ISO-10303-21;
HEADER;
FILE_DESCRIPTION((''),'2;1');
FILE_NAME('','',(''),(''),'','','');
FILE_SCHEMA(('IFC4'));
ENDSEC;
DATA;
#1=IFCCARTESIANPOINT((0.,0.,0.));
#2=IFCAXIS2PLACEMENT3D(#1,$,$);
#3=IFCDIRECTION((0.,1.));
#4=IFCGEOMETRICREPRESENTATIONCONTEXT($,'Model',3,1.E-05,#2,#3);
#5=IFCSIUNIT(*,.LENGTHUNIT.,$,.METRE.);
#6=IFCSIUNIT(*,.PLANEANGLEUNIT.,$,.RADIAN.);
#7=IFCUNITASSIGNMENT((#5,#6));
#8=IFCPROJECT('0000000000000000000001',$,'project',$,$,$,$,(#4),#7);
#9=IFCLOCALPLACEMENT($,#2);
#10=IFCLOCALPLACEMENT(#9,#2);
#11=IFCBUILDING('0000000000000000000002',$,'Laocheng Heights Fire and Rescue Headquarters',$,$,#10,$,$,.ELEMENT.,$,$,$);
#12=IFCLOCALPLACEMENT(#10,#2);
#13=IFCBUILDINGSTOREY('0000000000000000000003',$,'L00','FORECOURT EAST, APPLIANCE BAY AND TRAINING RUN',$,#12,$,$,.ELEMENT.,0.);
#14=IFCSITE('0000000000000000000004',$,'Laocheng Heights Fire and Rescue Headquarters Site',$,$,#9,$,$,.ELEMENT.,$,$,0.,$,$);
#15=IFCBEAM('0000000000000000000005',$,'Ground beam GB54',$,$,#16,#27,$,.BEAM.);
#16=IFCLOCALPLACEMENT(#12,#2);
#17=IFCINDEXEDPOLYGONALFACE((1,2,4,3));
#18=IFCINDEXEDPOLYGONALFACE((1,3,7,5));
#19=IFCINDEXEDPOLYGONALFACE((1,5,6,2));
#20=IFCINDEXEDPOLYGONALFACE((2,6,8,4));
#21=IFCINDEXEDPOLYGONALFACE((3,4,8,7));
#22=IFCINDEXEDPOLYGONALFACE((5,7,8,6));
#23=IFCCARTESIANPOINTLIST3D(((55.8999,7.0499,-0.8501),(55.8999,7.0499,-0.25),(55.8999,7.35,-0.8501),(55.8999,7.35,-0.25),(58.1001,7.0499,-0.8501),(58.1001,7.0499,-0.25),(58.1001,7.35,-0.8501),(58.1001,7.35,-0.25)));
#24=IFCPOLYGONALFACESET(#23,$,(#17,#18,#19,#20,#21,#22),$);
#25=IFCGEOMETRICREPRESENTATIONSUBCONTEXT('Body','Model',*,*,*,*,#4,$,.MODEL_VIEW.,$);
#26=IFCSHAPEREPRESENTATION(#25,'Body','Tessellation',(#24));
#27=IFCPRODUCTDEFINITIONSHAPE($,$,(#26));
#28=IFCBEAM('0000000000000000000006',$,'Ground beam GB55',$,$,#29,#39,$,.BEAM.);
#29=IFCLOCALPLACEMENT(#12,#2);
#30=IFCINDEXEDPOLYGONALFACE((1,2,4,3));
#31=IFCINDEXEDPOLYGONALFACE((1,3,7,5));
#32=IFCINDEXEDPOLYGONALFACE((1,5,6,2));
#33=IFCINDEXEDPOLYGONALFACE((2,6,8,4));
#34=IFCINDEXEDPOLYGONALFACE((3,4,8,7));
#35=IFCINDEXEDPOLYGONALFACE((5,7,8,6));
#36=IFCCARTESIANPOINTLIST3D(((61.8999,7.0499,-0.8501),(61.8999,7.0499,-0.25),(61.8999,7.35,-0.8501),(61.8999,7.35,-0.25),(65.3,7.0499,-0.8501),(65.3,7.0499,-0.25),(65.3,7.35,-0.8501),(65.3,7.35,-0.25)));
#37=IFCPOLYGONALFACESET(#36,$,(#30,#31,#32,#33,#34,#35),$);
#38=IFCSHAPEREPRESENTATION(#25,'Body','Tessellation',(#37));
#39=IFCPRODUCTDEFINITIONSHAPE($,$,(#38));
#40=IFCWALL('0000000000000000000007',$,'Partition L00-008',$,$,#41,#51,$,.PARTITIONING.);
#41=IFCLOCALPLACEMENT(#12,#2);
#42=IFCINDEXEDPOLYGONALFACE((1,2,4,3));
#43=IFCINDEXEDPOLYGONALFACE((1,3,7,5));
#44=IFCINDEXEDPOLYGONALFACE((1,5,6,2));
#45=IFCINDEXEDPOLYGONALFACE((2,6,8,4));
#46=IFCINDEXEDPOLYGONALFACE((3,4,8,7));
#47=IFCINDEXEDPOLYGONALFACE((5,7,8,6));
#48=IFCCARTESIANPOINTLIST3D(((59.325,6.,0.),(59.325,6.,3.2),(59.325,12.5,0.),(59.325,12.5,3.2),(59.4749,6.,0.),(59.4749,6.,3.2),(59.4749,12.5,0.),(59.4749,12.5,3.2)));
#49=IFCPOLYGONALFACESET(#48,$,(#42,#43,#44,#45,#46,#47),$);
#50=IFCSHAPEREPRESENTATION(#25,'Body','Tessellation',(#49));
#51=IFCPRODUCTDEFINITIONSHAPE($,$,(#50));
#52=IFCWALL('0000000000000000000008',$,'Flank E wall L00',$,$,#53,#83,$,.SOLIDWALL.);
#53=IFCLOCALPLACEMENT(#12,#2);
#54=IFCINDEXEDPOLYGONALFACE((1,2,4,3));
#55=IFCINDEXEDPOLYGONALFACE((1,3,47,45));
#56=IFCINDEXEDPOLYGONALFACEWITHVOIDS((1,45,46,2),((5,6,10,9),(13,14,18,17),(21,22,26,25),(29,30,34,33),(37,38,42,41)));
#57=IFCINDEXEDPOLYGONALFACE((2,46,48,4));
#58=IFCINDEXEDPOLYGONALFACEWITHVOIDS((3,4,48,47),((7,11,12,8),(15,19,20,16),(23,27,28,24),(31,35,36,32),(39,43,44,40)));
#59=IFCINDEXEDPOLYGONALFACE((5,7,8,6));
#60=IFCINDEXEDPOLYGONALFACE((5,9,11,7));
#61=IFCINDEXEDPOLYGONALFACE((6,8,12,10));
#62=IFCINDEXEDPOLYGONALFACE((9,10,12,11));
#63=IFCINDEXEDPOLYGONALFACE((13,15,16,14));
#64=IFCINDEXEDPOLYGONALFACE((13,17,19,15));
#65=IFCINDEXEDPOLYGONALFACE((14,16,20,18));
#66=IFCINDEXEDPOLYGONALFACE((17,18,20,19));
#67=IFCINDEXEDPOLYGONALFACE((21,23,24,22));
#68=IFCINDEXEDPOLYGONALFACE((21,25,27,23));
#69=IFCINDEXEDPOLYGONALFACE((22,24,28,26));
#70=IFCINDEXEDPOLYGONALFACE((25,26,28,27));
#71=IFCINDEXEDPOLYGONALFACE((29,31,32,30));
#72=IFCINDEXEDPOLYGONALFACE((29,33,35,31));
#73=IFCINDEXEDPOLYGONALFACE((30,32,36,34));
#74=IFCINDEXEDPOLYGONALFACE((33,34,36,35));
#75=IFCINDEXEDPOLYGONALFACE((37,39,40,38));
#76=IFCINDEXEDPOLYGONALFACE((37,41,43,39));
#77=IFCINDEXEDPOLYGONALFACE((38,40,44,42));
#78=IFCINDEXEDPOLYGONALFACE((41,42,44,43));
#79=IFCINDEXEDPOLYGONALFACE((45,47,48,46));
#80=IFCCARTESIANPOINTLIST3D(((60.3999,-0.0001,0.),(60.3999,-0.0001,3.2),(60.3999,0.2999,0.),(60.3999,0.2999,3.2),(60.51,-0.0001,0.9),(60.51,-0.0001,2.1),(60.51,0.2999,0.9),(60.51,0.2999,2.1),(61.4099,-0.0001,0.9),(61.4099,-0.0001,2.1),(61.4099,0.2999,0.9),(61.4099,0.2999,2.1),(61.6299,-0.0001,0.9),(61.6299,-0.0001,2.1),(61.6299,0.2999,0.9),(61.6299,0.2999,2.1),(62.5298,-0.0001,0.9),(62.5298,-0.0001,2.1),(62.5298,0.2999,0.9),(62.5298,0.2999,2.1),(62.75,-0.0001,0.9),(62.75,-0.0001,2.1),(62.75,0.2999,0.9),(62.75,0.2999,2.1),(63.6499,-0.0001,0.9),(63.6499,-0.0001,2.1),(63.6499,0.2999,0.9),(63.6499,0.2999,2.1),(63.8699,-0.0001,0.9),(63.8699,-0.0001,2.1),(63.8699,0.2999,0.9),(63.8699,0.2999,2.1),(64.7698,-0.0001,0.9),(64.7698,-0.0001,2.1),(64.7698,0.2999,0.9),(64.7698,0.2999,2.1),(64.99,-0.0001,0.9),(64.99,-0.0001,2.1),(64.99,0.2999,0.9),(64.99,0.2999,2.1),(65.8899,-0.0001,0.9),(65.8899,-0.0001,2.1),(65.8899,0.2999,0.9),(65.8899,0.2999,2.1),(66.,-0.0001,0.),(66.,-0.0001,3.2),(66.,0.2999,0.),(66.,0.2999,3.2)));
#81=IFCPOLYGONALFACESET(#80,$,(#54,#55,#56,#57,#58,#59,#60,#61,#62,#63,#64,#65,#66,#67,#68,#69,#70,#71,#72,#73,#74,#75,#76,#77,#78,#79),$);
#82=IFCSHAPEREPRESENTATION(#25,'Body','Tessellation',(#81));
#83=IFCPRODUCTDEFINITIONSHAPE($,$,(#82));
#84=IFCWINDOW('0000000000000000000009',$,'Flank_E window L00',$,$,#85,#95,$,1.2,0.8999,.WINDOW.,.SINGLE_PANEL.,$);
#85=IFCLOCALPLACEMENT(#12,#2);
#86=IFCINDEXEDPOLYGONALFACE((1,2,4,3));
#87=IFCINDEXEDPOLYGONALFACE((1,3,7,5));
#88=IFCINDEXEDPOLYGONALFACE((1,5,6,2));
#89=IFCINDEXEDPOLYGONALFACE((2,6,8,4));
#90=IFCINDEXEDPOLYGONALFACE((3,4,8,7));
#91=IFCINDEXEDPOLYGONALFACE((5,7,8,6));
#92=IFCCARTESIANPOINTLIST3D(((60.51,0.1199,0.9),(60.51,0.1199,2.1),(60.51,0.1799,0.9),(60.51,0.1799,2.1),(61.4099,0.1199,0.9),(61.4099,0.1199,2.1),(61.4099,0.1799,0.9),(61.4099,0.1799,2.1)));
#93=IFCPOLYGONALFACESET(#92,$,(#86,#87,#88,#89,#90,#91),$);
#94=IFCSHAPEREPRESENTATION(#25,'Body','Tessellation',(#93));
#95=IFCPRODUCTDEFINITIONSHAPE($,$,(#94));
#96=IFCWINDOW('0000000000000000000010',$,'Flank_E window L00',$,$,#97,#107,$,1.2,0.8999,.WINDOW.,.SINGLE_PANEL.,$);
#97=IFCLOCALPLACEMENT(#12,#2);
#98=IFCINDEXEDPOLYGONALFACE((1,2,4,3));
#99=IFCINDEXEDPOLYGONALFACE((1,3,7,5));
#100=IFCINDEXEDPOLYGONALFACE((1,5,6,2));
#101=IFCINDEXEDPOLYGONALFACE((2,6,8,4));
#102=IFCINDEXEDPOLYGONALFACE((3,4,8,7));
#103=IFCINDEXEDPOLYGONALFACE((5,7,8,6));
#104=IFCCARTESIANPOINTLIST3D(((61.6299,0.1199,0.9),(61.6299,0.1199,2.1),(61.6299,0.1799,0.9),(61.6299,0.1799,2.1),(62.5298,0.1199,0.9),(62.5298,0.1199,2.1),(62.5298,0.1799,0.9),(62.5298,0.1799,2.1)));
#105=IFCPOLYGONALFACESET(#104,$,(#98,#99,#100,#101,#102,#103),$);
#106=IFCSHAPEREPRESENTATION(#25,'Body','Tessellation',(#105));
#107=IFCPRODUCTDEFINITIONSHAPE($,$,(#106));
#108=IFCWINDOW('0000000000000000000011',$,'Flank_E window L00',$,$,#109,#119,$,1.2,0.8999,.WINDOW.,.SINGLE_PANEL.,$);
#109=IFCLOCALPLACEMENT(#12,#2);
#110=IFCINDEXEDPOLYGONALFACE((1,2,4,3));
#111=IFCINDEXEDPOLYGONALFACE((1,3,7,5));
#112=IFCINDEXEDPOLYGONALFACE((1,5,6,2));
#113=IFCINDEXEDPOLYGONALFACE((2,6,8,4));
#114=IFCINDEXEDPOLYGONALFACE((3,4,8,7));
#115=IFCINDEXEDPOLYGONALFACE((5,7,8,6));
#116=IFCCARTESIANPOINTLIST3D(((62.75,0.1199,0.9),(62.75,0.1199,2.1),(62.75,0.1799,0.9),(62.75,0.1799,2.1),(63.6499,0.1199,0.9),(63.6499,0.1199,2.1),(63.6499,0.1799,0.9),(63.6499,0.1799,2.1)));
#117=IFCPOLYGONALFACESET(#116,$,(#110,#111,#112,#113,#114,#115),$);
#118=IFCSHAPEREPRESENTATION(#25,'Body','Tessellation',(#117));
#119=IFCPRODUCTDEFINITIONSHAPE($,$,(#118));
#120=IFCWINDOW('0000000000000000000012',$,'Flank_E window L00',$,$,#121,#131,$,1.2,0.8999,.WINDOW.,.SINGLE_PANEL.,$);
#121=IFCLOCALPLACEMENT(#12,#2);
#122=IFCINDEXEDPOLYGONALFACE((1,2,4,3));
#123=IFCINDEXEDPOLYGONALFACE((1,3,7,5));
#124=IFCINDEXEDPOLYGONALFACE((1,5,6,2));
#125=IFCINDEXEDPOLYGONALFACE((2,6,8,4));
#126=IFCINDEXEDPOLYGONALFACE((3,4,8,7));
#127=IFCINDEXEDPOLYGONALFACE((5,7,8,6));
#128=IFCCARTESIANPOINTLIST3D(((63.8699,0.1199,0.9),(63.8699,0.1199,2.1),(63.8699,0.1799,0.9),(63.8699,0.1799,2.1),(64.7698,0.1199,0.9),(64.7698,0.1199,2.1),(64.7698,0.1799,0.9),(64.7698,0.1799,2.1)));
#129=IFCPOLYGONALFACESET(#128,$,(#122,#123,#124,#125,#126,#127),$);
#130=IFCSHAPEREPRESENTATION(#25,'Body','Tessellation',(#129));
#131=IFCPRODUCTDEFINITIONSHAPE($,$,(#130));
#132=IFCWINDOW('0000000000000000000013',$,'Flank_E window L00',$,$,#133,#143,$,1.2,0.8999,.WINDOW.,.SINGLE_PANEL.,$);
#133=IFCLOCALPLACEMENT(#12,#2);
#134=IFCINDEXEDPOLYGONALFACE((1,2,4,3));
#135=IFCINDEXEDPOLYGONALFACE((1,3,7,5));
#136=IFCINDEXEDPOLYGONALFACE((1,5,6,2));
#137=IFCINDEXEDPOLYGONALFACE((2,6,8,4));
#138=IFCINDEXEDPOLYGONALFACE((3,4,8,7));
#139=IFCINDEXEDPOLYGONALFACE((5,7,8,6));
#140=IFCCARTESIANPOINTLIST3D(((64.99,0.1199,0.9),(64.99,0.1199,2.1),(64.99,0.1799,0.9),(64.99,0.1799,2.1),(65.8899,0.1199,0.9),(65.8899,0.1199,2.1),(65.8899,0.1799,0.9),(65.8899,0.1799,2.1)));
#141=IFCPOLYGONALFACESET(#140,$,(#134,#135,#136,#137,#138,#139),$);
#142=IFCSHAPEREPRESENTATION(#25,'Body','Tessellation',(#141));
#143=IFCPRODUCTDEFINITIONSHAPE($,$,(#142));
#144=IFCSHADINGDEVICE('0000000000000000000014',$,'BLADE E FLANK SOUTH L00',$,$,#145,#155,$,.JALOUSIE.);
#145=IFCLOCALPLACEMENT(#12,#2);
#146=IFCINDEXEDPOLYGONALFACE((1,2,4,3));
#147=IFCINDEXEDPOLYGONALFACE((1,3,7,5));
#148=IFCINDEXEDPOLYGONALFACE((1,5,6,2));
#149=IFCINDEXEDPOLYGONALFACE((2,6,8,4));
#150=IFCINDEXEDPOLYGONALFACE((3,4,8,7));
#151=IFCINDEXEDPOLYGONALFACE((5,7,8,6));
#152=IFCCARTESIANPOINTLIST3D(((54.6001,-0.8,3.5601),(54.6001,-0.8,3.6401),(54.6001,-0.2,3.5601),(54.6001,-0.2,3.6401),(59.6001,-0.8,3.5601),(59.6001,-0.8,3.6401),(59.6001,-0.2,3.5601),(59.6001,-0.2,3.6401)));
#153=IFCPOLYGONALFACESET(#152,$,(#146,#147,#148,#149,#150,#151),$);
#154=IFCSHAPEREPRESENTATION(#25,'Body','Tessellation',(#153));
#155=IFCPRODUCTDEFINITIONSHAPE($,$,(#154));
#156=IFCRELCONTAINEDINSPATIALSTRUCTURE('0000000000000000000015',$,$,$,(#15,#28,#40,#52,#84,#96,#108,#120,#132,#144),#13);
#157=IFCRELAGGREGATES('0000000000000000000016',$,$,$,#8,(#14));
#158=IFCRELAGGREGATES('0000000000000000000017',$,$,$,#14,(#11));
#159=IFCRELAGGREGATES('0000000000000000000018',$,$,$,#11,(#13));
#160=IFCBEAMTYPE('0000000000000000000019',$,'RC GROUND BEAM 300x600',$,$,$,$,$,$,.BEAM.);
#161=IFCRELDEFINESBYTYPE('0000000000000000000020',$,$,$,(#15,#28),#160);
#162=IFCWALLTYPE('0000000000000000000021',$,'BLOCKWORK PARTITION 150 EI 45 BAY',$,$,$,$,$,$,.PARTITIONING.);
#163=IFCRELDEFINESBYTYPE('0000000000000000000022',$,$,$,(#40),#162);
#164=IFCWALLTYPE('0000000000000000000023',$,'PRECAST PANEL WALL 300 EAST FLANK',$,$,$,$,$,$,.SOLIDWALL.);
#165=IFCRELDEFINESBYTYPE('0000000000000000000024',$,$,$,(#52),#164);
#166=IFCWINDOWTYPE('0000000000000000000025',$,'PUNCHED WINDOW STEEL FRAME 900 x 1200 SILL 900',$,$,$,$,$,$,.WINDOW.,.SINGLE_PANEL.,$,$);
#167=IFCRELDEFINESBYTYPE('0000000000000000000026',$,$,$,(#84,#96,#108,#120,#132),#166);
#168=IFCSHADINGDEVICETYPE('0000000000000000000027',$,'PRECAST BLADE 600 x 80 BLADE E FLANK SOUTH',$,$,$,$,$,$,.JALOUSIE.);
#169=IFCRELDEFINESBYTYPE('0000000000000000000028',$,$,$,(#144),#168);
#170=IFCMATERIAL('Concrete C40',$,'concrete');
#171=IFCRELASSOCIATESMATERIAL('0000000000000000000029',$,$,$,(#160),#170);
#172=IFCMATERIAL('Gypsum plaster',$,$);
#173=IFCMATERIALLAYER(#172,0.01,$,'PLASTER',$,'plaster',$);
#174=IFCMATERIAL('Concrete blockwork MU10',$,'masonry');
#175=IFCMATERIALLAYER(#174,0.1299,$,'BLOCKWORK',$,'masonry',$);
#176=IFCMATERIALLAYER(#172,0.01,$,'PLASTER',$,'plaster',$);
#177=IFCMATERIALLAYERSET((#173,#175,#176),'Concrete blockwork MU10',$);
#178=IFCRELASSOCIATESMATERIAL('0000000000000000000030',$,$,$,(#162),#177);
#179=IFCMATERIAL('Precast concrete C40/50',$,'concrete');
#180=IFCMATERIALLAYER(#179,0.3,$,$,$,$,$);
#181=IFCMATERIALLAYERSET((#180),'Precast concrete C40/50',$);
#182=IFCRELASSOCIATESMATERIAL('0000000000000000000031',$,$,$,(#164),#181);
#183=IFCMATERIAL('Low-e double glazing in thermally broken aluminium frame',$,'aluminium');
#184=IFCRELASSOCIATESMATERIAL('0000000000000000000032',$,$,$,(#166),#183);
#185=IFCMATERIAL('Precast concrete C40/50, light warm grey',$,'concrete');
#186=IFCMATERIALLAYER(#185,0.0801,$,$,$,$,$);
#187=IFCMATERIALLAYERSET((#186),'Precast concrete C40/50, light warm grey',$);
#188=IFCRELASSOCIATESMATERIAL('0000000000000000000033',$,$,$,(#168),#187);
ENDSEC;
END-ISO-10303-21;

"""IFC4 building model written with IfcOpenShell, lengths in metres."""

from ifc_helpers import new_model, si_unit, direction, frame, frame_2d, origin, origin_2d, place, context, subcontext, project, spatial, rectangle, extrude, material, layer, layer_set, material_profile, profile_set, type_object, element, fill, save


model = new_model("IFC4")

# Units and contexts
model_context = context("Model", 3, precision=1e-05, world=origin(), true_north=direction((0.0, 1.0)))
body_context = subcontext(model_context, "Body", "Model", "MODEL_VIEW")
ifc_project = project(units=[si_unit("LENGTHUNIT", "METRE"), si_unit("PLANEANGLEUNIT", "RADIAN")], contexts=[model_context])

# Site, building, storey
site_placement = place(None, origin())
site = spatial("IfcSite", under=ifc_project, at=site_placement, Name="Laocheng Heights Fire and Rescue Headquarters Site", CompositionType="ELEMENT", RefElevation=0.0)
building_placement = place(site_placement, origin())
building = spatial("IfcBuilding", under=site, at=building_placement, Name="Laocheng Heights Fire and Rescue Headquarters", CompositionType="ELEMENT")
storey_placement = place(building_placement, origin())
storey = spatial("IfcBuildingStorey", under=building, at=storey_placement, Name="L00", Description="FORECOURT EAST, APPLIANCE BAY AND TRAINING RUN", CompositionType="ELEMENT", Elevation=0.0)

# Beams
ifc_material_1 = material(Name="Concrete C40", Category="concrete")
ifc_material_profile_1 = material_profile(ifc_material_1, rectangle(XDim=0.3, YDim=0.6001, at=origin_2d()), Name="RC GROUND BEAM 300x600")
ifc_profile_set_1 = profile_set([ifc_material_profile_1], Name="Concrete C40")
beam_type_1 = type_object("IfcBeamType", Name="RC GROUND BEAM 300x600", PredefinedType="BEAM", material=ifc_profile_set_1)
beam_1_placement = place(storey_placement, frame((55.8999, 7.2, -0.55), z_axis=(1.0, 0.0, 0.0), x_axis=(0.0, 1.0, 0.0)))
element("IfcBeam", 1, at=beam_1_placement, inside=storey, type_object=beam_type_1, Name="Ground beam GB54", PredefinedType="BEAM", context=body_context, shape_type="SweptSolid", body=[
    extrude(rectangle(XDim=0.3, YDim=0.6001, at=origin_2d()), origin(), (0.0, 0.0, 1.0), 2.2002),
])
beam_2_placement = place(storey_placement, frame((61.8999, 7.2, -0.55), z_axis=(1.0, 0.0, 0.0), x_axis=(0.0, 1.0, 0.0)))
element("IfcBeam", 2, at=beam_2_placement, inside=storey, type_object=beam_type_1, Name="Ground beam GB55", PredefinedType="BEAM", context=body_context, shape_type="SweptSolid", body=[
    extrude(rectangle(XDim=0.3, YDim=0.6001, at=origin_2d()), origin(), (0.0, 0.0, 1.0), 3.4001),
])

# Wall
ifc_material_2 = material(Name="Gypsum plaster")
ifc_layer_1 = layer(ifc_material_2, 0.01, Name="PLASTER", Category="plaster")
ifc_material_3 = material(Name="Concrete blockwork MU10", Category="masonry")
ifc_layer_2 = layer(ifc_material_3, 0.1299, Name="BLOCKWORK", Category="masonry")
ifc_layer_3 = layer(ifc_material_2, 0.01, Name="PLASTER", Category="plaster")
ifc_layer_set_1 = layer_set([ifc_layer_1, ifc_layer_2, ifc_layer_3], Name="Concrete blockwork MU10")
wall_type_1 = type_object("IfcWallType", Name="BLOCKWORK PARTITION 150 EI 45 BAY", PredefinedType="PARTITIONING", material=ifc_layer_set_1)
wall_1_placement = place(storey_placement, frame((59.3999, 6.0, 0.0), z_axis=(0.0, 0.0, 1.0), x_axis=(0.0, 1.0, 0.0)))
element("IfcWall", 3, at=wall_1_placement, inside=storey, type_object=wall_type_1, Name="Partition L00-008", PredefinedType="PARTITIONING", context=body_context, shape_type="SweptSolid", body=[
    extrude(rectangle(XDim=6.5, YDim=0.1499, at=frame_2d((3.25, 0.0))), origin(), (0.0, 0.0, 1.0), 3.2),
])

# Wall, openings, windows
ifc_material_4 = material(Name="Precast concrete C40/50", Category="concrete")
ifc_layer_4 = layer(ifc_material_4, 0.3)
ifc_layer_set_2 = layer_set([ifc_layer_4], Name="Precast concrete C40/50")
wall_type_2 = type_object("IfcWallType", Name="PRECAST PANEL WALL 300 EAST FLANK", PredefinedType="SOLIDWALL", material=ifc_layer_set_2)
wall_2_placement = place(storey_placement, frame((60.3999, 0.1499, 0.0), z_axis=(0.0, 0.0, 1.0), x_axis=(1.0, 0.0, 0.0)))
wall_2 = element("IfcWall", 4, at=wall_2_placement, inside=storey, type_object=wall_type_2, Name="Flank E wall L00", PredefinedType="SOLIDWALL", context=body_context, shape_type="SweptSolid", body=[
    extrude(rectangle(XDim=5.6001, YDim=0.3, at=frame_2d((2.8, 0.0))), origin(), (0.0, 0.0, 1.0), 3.2),
])
opening_1_placement = place(wall_2_placement, frame((0.1101, 0.0, 0.8999)))
opening_1 = element("IfcOpeningElement", 5, at=opening_1_placement, cuts=wall_2, PredefinedType="OPENING", context=body_context, shape_type="SweptSolid", body=[
    extrude(rectangle(XDim=0.8999, YDim=1.2, at=frame_2d((0.45, 0.6001))), frame((0.0, 0.1599, 0.0), z_axis=(0.0, -1.0, 0.0), x_axis=(1.0, 0.0, 0.0)), (0.0, 0.0, 1.0), 0.3201),
])
opening_2_placement = place(wall_2_placement, frame((1.23, 0.0, 0.8999)))
opening_2 = element("IfcOpeningElement", 6, at=opening_2_placement, cuts=wall_2, PredefinedType="OPENING", context=body_context, shape_type="SweptSolid", body=[
    extrude(rectangle(XDim=0.8999, YDim=1.2, at=frame_2d((0.45, 0.6001))), frame((0.0, 0.1599, 0.0), z_axis=(0.0, -1.0, 0.0), x_axis=(1.0, 0.0, 0.0)), (0.0, 0.0, 1.0), 0.3201),
])
opening_3_placement = place(wall_2_placement, frame((2.3501, 0.0, 0.8999)))
opening_3 = element("IfcOpeningElement", 7, at=opening_3_placement, cuts=wall_2, PredefinedType="OPENING", context=body_context, shape_type="SweptSolid", body=[
    extrude(rectangle(XDim=0.8999, YDim=1.2, at=frame_2d((0.45, 0.6001))), frame((0.0, 0.1599, 0.0), z_axis=(0.0, -1.0, 0.0), x_axis=(1.0, 0.0, 0.0)), (0.0, 0.0, 1.0), 0.3201),
])
opening_4_placement = place(wall_2_placement, frame((3.47, 0.0, 0.8999)))
opening_4 = element("IfcOpeningElement", 8, at=opening_4_placement, cuts=wall_2, PredefinedType="OPENING", context=body_context, shape_type="SweptSolid", body=[
    extrude(rectangle(XDim=0.8999, YDim=1.2, at=frame_2d((0.45, 0.6001))), frame((0.0, 0.1599, 0.0), z_axis=(0.0, -1.0, 0.0), x_axis=(1.0, 0.0, 0.0)), (0.0, 0.0, 1.0), 0.3201),
])
opening_5_placement = place(wall_2_placement, frame((4.5901, 0.0, 0.8999)))
opening_5 = element("IfcOpeningElement", 9, at=opening_5_placement, cuts=wall_2, PredefinedType="OPENING", context=body_context, shape_type="SweptSolid", body=[
    extrude(rectangle(XDim=0.8999, YDim=1.2, at=frame_2d((0.45, 0.6001))), frame((0.0, 0.1599, 0.0), z_axis=(0.0, -1.0, 0.0), x_axis=(1.0, 0.0, 0.0)), (0.0, 0.0, 1.0), 0.3201),
])
ifc_material_5 = material(Name="Low-e double glazing in thermally broken aluminium frame", Category="aluminium")
window_type = type_object("IfcWindowType", Name="PUNCHED WINDOW STEEL FRAME 900 x 1200 SILL 900", PartitioningType="SINGLE_PANEL", PredefinedType="WINDOW", material=ifc_material_5)
window_1_placement = place(opening_1_placement, origin())
window_1 = element("IfcWindow", 10, at=window_1_placement, inside=storey, type_object=window_type, Name="Flank_E window L00", OverallHeight=1.2, OverallWidth=0.8999, PartitioningType="SINGLE_PANEL", PredefinedType="WINDOW", context=body_context, shape_type="SweptSolid", body=[
    extrude(rectangle(XDim=0.8999, YDim=1.2, at=frame_2d((0.45, 0.6001))), frame((0.0, 0.03, 0.0), z_axis=(0.0, -1.0, 0.0), x_axis=(1.0, 0.0, 0.0)), (0.0, 0.0, 1.0), 0.0601),
])
fill(opening_1, window_1)
window_2_placement = place(opening_2_placement, origin())
window_2 = element("IfcWindow", 11, at=window_2_placement, inside=storey, type_object=window_type, Name="Flank_E window L00", OverallHeight=1.2, OverallWidth=0.8999, PartitioningType="SINGLE_PANEL", PredefinedType="WINDOW", context=body_context, shape_type="SweptSolid", body=[
    extrude(rectangle(XDim=0.8999, YDim=1.2, at=frame_2d((0.45, 0.6001))), frame((0.0, 0.03, 0.0), z_axis=(0.0, -1.0, 0.0), x_axis=(1.0, 0.0, 0.0)), (0.0, 0.0, 1.0), 0.0601),
])
fill(opening_2, window_2)
window_3_placement = place(opening_3_placement, origin())
window_3 = element("IfcWindow", 12, at=window_3_placement, inside=storey, type_object=window_type, Name="Flank_E window L00", OverallHeight=1.2, OverallWidth=0.8999, PartitioningType="SINGLE_PANEL", PredefinedType="WINDOW", context=body_context, shape_type="SweptSolid", body=[
    extrude(rectangle(XDim=0.8999, YDim=1.2, at=frame_2d((0.45, 0.6001))), frame((0.0, 0.03, 0.0), z_axis=(0.0, -1.0, 0.0), x_axis=(1.0, 0.0, 0.0)), (0.0, 0.0, 1.0), 0.0601),
])
fill(opening_3, window_3)
window_4_placement = place(opening_4_placement, origin())
window_4 = element("IfcWindow", 13, at=window_4_placement, inside=storey, type_object=window_type, Name="Flank_E window L00", OverallHeight=1.2, OverallWidth=0.8999, PartitioningType="SINGLE_PANEL", PredefinedType="WINDOW", context=body_context, shape_type="SweptSolid", body=[
    extrude(rectangle(XDim=0.8999, YDim=1.2, at=frame_2d((0.45, 0.6001))), frame((0.0, 0.03, 0.0), z_axis=(0.0, -1.0, 0.0), x_axis=(1.0, 0.0, 0.0)), (0.0, 0.0, 1.0), 0.0601),
])
fill(opening_4, window_4)
window_5_placement = place(opening_5_placement, origin())
window_5 = element("IfcWindow", 14, at=window_5_placement, inside=storey, type_object=window_type, Name="Flank_E window L00", OverallHeight=1.2, OverallWidth=0.8999, PartitioningType="SINGLE_PANEL", PredefinedType="WINDOW", context=body_context, shape_type="SweptSolid", body=[
    extrude(rectangle(XDim=0.8999, YDim=1.2, at=frame_2d((0.45, 0.6001))), frame((0.0, 0.03, 0.0), z_axis=(0.0, -1.0, 0.0), x_axis=(1.0, 0.0, 0.0)), (0.0, 0.0, 1.0), 0.0601),
])
fill(opening_5, window_5)

# Shading device
ifc_material_6 = material(Name="Precast concrete C40/50, light warm grey", Category="concrete")
ifc_layer_5 = layer(ifc_material_6, 0.0801)
ifc_layer_set_3 = layer_set([ifc_layer_5], Name="Precast concrete C40/50, light warm grey")
shading_device_type = type_object("IfcShadingDeviceType", Name="PRECAST BLADE 600 x 80 BLADE E FLANK SOUTH", PredefinedType="JALOUSIE", material=ifc_layer_set_3)
shading_device_placement = place(storey_placement, frame((57.1001, -0.5, 3.5601), z_axis=(0.0, 0.0, 1.0), x_axis=(1.0, 0.0, 0.0)))
element("IfcShadingDevice", 15, at=shading_device_placement, inside=storey, type_object=shading_device_type, Name="BLADE E FLANK SOUTH L00", PredefinedType="JALOUSIE", context=body_context, shape_type="SweptSolid", body=[
    extrude(rectangle(XDim=5.0, YDim=0.6001, at=origin_2d()), origin(), (0.0, 0.0, 1.0), 0.0801),
])

save(model, "model.ifc")
